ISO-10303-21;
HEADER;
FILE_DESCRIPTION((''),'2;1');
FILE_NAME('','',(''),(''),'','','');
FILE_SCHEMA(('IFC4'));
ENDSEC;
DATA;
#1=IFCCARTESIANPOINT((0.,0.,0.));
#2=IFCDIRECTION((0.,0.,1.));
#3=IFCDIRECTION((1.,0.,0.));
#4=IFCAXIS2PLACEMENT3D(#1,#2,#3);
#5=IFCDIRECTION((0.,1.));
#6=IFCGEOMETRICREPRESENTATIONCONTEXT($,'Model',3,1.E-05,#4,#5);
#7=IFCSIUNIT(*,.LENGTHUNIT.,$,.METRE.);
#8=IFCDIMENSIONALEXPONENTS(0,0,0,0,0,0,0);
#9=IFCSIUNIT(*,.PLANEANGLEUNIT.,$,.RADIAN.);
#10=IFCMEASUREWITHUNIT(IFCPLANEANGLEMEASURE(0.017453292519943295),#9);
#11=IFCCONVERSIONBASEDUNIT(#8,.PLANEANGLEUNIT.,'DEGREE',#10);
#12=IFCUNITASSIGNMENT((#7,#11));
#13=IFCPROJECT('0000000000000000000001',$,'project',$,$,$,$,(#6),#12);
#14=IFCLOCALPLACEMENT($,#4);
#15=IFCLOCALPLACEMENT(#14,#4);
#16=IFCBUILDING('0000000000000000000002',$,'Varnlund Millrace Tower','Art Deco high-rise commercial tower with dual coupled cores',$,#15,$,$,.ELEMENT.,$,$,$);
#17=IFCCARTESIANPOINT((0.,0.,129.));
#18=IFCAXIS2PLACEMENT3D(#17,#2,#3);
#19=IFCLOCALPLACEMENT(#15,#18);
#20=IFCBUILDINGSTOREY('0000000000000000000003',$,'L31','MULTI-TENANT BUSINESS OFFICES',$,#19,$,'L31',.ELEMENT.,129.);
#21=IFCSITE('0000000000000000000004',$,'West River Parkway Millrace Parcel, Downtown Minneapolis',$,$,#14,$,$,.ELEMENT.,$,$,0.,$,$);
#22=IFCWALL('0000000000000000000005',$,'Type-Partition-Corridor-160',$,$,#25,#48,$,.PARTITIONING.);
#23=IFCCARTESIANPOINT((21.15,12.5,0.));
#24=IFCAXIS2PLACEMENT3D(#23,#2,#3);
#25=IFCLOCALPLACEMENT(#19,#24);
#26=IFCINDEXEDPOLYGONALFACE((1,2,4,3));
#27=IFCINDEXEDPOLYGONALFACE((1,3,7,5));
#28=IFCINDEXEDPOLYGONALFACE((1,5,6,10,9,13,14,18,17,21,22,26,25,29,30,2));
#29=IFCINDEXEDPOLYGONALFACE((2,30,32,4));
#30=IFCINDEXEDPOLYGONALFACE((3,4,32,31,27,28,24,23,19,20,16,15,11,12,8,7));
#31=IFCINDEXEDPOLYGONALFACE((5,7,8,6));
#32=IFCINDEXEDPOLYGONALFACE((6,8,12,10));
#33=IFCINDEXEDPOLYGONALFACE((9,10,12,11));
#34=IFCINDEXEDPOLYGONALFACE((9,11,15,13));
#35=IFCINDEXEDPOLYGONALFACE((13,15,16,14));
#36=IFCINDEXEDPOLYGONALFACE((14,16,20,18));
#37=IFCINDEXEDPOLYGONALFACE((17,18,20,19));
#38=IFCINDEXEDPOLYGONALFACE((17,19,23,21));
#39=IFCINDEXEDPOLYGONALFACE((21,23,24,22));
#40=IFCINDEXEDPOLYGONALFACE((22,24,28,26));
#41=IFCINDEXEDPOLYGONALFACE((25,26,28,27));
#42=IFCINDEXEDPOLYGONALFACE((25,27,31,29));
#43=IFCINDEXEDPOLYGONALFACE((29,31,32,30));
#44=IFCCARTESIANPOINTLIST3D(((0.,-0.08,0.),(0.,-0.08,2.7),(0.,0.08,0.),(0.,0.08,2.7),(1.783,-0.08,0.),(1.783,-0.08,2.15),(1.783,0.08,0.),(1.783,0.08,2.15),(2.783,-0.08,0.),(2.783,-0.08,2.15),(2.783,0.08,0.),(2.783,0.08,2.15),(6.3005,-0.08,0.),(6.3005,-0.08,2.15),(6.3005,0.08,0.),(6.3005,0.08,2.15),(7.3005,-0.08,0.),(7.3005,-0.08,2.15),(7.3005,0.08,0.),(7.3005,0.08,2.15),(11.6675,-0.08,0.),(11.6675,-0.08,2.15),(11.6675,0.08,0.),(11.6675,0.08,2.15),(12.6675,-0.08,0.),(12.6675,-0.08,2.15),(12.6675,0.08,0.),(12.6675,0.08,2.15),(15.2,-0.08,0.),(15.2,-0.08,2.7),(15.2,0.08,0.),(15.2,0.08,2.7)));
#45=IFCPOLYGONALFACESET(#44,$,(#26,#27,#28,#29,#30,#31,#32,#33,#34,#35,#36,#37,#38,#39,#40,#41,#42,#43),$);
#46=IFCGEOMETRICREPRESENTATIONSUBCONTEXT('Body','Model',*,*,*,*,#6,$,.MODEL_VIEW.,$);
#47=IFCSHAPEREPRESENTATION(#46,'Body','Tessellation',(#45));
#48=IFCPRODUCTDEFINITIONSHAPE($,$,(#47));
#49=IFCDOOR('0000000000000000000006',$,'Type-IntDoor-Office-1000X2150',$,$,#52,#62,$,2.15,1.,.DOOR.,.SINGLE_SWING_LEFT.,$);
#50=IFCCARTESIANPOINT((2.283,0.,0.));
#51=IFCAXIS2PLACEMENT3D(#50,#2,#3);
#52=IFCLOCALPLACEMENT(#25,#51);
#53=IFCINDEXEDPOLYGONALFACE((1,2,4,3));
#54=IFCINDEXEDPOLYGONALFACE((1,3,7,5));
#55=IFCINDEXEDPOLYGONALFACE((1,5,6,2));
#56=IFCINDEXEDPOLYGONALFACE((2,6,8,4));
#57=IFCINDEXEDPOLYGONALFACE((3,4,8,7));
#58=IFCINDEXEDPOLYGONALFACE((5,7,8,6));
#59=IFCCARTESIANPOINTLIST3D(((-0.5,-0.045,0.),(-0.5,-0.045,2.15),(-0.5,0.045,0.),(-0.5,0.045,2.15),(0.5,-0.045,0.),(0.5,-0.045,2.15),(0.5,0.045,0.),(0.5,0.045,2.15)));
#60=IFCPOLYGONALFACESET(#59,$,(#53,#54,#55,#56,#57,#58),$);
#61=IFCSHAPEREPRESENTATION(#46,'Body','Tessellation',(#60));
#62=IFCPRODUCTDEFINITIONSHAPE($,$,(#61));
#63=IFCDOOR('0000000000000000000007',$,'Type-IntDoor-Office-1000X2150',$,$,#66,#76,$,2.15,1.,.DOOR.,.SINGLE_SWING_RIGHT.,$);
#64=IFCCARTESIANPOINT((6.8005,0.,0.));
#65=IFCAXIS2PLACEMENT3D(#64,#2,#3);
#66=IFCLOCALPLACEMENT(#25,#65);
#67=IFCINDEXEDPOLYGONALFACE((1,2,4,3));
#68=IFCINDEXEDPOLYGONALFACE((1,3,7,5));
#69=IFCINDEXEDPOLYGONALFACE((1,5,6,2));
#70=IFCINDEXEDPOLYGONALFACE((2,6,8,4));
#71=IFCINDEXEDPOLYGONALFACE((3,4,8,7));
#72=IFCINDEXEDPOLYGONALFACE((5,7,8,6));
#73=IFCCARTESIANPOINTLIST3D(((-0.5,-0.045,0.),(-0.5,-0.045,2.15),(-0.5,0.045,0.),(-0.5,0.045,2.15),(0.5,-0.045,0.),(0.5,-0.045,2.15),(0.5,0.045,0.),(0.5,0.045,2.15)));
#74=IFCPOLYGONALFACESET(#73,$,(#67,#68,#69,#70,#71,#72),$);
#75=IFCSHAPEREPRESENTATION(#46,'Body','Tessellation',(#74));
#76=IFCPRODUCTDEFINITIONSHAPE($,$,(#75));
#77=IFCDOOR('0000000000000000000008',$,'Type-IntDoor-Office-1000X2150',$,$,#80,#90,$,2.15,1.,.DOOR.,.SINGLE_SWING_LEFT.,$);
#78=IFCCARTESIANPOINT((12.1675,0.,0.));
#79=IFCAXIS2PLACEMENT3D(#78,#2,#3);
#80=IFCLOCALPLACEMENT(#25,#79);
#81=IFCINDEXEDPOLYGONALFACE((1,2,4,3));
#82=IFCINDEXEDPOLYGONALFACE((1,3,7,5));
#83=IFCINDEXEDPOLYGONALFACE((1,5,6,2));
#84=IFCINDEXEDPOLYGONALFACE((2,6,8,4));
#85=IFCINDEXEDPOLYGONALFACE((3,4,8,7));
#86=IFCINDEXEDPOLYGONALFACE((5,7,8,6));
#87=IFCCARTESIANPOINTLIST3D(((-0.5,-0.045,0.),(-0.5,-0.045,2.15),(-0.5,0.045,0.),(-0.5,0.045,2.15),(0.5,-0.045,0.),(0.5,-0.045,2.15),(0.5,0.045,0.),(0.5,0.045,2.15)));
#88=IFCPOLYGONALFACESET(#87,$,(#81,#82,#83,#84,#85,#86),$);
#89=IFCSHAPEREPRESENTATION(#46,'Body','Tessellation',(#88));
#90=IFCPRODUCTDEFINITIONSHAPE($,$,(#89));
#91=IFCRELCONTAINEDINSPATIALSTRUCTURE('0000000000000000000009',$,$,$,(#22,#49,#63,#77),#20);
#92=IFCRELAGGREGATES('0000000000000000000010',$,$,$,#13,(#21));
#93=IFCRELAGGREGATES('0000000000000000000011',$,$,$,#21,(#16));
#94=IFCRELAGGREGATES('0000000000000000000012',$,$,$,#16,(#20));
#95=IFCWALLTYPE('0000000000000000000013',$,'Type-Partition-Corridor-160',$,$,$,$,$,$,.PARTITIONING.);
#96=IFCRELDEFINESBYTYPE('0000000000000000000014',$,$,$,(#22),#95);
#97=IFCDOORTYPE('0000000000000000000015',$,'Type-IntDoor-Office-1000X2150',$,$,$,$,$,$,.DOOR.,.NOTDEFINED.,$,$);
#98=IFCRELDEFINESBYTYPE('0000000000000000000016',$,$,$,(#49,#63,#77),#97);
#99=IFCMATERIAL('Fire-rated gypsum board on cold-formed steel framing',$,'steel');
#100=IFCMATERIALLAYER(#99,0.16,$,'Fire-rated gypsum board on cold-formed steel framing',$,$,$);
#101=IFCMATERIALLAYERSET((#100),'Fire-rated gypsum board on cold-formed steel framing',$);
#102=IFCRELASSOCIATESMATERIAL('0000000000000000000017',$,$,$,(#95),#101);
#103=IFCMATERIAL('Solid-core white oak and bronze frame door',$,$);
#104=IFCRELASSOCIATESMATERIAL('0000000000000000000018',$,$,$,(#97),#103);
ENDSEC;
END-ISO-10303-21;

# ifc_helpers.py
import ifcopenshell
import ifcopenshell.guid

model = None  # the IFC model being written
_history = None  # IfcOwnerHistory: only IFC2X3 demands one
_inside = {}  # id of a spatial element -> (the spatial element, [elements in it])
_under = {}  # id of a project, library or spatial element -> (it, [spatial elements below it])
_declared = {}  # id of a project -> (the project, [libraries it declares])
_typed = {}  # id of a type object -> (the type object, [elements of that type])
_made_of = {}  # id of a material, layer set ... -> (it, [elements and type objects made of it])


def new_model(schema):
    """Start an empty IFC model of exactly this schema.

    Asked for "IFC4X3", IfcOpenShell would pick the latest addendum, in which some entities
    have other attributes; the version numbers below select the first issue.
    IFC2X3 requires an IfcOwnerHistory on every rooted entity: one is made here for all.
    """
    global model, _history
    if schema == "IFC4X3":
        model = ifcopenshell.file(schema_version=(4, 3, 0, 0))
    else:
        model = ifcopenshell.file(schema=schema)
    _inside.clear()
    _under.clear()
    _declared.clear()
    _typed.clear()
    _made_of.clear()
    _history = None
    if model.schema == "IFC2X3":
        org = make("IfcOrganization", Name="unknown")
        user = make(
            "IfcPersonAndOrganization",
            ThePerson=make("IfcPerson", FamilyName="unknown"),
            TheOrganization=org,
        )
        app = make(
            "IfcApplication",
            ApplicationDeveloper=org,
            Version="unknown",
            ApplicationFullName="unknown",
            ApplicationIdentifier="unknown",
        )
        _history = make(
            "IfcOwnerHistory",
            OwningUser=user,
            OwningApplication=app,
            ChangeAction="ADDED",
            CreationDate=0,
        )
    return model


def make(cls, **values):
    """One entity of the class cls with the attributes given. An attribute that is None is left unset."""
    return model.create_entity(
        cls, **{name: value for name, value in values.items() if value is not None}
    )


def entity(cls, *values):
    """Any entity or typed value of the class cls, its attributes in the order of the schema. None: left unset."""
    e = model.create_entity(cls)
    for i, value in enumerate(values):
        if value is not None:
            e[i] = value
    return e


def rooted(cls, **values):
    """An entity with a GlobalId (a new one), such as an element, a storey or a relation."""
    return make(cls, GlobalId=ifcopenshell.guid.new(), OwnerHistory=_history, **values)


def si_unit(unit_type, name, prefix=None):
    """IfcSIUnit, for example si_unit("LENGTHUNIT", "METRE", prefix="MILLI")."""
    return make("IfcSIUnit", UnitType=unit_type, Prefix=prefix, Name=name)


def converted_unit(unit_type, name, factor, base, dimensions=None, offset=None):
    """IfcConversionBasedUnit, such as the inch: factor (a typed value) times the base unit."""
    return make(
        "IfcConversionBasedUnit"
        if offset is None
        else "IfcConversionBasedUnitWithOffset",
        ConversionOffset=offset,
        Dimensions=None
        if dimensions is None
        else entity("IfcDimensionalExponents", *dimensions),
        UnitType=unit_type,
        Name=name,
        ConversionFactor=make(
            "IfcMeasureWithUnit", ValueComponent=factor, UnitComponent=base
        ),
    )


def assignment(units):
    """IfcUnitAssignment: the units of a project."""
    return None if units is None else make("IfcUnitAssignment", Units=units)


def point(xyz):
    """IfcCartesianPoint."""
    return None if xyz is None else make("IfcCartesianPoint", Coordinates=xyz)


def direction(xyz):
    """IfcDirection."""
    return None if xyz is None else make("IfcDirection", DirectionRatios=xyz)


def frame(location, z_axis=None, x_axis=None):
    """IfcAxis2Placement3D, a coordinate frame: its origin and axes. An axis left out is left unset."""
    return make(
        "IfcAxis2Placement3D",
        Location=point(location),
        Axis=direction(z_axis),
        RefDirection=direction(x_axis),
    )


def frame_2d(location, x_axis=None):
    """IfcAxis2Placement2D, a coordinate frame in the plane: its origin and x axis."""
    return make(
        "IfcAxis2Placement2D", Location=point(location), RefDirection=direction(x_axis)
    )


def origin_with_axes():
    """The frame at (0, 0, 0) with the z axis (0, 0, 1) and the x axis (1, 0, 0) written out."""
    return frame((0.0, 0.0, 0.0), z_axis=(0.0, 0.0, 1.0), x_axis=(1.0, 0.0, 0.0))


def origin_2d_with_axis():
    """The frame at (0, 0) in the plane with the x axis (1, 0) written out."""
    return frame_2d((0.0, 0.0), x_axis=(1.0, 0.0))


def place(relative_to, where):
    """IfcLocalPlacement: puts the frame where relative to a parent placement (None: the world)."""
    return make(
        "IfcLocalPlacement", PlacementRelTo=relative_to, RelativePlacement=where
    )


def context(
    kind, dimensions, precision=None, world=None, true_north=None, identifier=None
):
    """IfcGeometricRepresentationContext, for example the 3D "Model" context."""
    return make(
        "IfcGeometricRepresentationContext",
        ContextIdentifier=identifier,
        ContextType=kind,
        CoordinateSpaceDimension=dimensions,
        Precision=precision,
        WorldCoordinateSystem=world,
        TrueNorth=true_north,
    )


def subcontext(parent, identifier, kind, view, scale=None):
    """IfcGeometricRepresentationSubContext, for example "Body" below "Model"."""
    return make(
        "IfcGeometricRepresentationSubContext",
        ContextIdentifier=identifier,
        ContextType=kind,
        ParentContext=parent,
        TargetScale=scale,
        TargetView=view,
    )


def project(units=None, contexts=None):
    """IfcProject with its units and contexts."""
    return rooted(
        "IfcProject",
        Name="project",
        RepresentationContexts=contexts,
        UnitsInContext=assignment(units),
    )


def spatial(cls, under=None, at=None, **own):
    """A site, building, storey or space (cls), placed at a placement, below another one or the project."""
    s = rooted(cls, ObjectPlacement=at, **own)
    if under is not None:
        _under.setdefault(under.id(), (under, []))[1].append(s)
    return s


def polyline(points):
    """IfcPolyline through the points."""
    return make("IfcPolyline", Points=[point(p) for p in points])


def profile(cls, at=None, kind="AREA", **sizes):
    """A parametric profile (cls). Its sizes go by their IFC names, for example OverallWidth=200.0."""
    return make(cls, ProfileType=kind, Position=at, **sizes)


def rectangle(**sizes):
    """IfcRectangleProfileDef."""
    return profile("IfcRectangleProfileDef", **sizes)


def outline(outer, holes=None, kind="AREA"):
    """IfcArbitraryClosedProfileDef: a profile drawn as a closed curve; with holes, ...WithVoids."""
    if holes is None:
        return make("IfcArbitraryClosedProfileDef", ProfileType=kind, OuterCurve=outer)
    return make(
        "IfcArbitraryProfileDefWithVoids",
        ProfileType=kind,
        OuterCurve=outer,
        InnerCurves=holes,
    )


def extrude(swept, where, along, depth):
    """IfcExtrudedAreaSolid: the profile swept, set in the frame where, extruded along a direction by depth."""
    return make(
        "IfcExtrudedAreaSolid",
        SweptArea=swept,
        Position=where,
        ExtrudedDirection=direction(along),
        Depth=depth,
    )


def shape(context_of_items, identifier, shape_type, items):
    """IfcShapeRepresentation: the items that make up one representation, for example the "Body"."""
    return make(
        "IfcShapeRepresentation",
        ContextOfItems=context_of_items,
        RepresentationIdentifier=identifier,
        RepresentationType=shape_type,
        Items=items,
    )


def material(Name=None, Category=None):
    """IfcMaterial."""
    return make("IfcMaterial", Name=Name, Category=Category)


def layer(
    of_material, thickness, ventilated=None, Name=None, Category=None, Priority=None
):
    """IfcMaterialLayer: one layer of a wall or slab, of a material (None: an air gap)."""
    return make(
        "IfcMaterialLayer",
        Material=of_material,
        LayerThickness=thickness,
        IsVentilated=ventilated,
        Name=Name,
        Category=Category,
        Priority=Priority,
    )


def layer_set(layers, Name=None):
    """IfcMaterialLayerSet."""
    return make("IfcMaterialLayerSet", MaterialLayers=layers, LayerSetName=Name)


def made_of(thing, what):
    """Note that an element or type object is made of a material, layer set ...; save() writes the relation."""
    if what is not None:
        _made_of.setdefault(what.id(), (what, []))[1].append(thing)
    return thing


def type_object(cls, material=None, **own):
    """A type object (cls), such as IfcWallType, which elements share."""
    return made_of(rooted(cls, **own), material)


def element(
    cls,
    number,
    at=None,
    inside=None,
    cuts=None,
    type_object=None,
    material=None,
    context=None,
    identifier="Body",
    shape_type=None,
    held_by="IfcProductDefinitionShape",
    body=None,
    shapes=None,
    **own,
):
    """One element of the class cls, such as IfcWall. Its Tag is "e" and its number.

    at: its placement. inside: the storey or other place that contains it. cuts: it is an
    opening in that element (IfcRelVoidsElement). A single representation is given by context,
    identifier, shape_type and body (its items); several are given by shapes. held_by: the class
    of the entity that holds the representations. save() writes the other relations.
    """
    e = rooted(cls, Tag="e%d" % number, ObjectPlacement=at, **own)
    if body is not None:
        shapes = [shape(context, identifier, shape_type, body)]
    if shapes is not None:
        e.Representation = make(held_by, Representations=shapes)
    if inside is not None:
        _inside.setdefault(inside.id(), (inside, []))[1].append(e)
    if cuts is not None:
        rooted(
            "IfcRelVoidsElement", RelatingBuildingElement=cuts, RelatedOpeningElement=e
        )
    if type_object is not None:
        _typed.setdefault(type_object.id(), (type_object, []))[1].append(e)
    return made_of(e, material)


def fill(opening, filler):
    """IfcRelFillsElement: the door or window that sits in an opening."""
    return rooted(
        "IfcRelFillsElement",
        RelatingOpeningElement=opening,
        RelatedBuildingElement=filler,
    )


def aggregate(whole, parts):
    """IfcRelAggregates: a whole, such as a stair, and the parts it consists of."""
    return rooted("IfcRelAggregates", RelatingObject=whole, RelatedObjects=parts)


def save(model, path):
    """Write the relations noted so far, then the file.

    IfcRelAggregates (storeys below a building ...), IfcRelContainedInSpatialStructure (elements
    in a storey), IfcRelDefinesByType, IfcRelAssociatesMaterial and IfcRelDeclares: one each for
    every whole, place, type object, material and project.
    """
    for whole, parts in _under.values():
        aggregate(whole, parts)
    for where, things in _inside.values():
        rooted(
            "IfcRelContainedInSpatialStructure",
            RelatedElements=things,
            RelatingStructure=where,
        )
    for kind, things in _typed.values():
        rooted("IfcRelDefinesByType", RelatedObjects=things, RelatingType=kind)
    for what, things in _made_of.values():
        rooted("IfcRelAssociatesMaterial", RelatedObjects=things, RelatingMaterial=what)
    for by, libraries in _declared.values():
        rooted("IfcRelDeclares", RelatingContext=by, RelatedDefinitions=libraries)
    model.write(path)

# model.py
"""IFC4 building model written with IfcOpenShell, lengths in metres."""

from ifc_helpers import new_model, entity, si_unit, converted_unit, direction, frame, origin_with_axes, origin_2d_with_axis, place, context, subcontext, project, spatial, polyline, rectangle, outline, extrude, material, layer, layer_set, type_object, element, fill, save


model = new_model("IFC4")

# Units and contexts
model_context = context("Model", 3, precision=1e-05, world=origin_with_axes(), true_north=direction((0.0, 1.0)))
body_context = subcontext(model_context, "Body", "Model", "MODEL_VIEW")
ifc_project = project(units=[si_unit("LENGTHUNIT", "METRE"), converted_unit("PLANEANGLEUNIT", "DEGREE", entity("IfcPlaneAngleMeasure", 0.017453292519943295), si_unit("PLANEANGLEUNIT", "RADIAN"), dimensions=[0, 0, 0, 0, 0, 0, 0])], contexts=[model_context])

# Site, building, storey
site_placement = place(None, origin_with_axes())
site = spatial("IfcSite", under=ifc_project, at=site_placement, Name="West River Parkway Millrace Parcel, Downtown Minneapolis", CompositionType="ELEMENT", RefElevation=0.0)
building_placement = place(site_placement, origin_with_axes())
building = spatial("IfcBuilding", under=site, at=building_placement, Name="Varnlund Millrace Tower", Description="Art Deco high-rise commercial tower with dual coupled cores", CompositionType="ELEMENT")
storey_placement = place(building_placement, frame((0.0, 0.0, 129.0), z_axis=(0.0, 0.0, 1.0), x_axis=(1.0, 0.0, 0.0)))
storey = spatial("IfcBuildingStorey", under=building, at=storey_placement, Name="L31", Description="MULTI-TENANT BUSINESS OFFICES", LongName="L31", CompositionType="ELEMENT", Elevation=129.0)

# Shared definitions
ifc_material_1 = material(Name="Fire-rated gypsum board on cold-formed steel framing", Category="steel")
ifc_layer_1 = layer(ifc_material_1, 0.16, Name="Fire-rated gypsum board on cold-formed steel framing")
ifc_layer_set_1 = layer_set([ifc_layer_1], Name="Fire-rated gypsum board on cold-formed steel framing")
wall_type_1 = type_object("IfcWallType", Name="Type-Partition-Corridor-160", PredefinedType="PARTITIONING", material=ifc_layer_set_1)

# Wall, openings, doors
wall_1_placement = place(storey_placement, frame((21.15, 12.5, 0.0), z_axis=(0.0, 0.0, 1.0), x_axis=(1.0, 0.0, 0.0)))
wall_1 = element("IfcWall", 1, at=wall_1_placement, inside=storey, type_object=wall_type_1, Name="Type-Partition-Corridor-160", PredefinedType="PARTITIONING", context=body_context, shape_type="SweptSolid", body=[
    extrude(outline(polyline([(0.0, -0.08), (15.2, -0.08), (15.2, 0.08), (0.0, 0.08), (0.0, -0.08)])), origin_with_axes(), (0.0, 0.0, 1.0), 2.7),
])
opening_1_placement = place(wall_1_placement, frame((2.283, 0.0, 0.0), z_axis=(0.0, 0.0, 1.0), x_axis=(1.0, 0.0, 0.0)))
opening_1 = element("IfcOpeningElement", 2, at=opening_1_placement, cuts=wall_1, PredefinedType="OPENING", context=body_context, shape_type="SweptSolid", body=[
    extrude(rectangle(XDim=1.0, YDim=0.18, at=origin_2d_with_axis()), origin_with_axes(), (0.0, 0.0, 1.0), 2.15),
])
opening_2_placement = place(wall_1_placement, frame((6.8005, 0.0, 0.0), z_axis=(0.0, 0.0, 1.0), x_axis=(1.0, 0.0, 0.0)))
opening_2 = element("IfcOpeningElement", 3, at=opening_2_placement, cuts=wall_1, PredefinedType="OPENING", context=body_context, shape_type="SweptSolid", body=[
    extrude(rectangle(XDim=1.0, YDim=0.18, at=origin_2d_with_axis()), origin_with_axes(), (0.0, 0.0, 1.0), 2.15),
])
opening_3_placement = place(wall_1_placement, frame((12.1675, 0.0, 0.0), z_axis=(0.0, 0.0, 1.0), x_axis=(1.0, 0.0, 0.0)))
opening_3 = element("IfcOpeningElement", 4, at=opening_3_placement, cuts=wall_1, PredefinedType="OPENING", context=body_context, shape_type="SweptSolid", body=[
    extrude(rectangle(XDim=1.0, YDim=0.18, at=origin_2d_with_axis()), origin_with_axes(), (0.0, 0.0, 1.0), 2.15),
])
ifc_material_2 = material(Name="Solid-core white oak and bronze frame door")
door_type_1 = type_object("IfcDoorType", Name="Type-IntDoor-Office-1000X2150", OperationType="NOTDEFINED", PredefinedType="DOOR", material=ifc_material_2)
door_1_placement = place(wall_1_placement, frame((2.283, 0.0, 0.0), z_axis=(0.0, 0.0, 1.0), x_axis=(1.0, 0.0, 0.0)))
door_1 = element("IfcDoor", 5, at=door_1_placement, inside=storey, type_object=door_type_1, Name="Type-IntDoor-Office-1000X2150", OperationType="SINGLE_SWING_LEFT", OverallHeight=2.15, OverallWidth=1.0, PredefinedType="DOOR", context=body_context, shape_type="SweptSolid", body=[
    extrude(rectangle(XDim=1.0, YDim=0.09, at=origin_2d_with_axis()), origin_with_axes(), (0.0, 0.0, 1.0), 2.15),
])
fill(opening_1, door_1)
door_2_placement = place(wall_1_placement, frame((6.8005, 0.0, 0.0), z_axis=(0.0, 0.0, 1.0), x_axis=(1.0, 0.0, 0.0)))
door_2 = element("IfcDoor", 6, at=door_2_placement, inside=storey, type_object=door_type_1, Name="Type-IntDoor-Office-1000X2150", OperationType="SINGLE_SWING_RIGHT", OverallHeight=2.15, OverallWidth=1.0, PredefinedType="DOOR", context=body_context, shape_type="SweptSolid", body=[
    extrude(rectangle(XDim=1.0, YDim=0.09, at=origin_2d_with_axis()), origin_with_axes(), (0.0, 0.0, 1.0), 2.15),
])
fill(opening_2, door_2)
door_3_placement = place(wall_1_placement, frame((12.1675, 0.0, 0.0), z_axis=(0.0, 0.0, 1.0), x_axis=(1.0, 0.0, 0.0)))
door_3 = element("IfcDoor", 7, at=door_3_placement, inside=storey, type_object=door_type_1, Name="Type-IntDoor-Office-1000X2150", OperationType="SINGLE_SWING_LEFT", OverallHeight=2.15, OverallWidth=1.0, PredefinedType="DOOR", context=body_context, shape_type="SweptSolid", body=[
    extrude(rectangle(XDim=1.0, YDim=0.09, at=origin_2d_with_axis()), origin_with_axes(), (0.0, 0.0, 1.0), 2.15),
])
fill(opening_3, door_3)

save(model, "model.ifc")
